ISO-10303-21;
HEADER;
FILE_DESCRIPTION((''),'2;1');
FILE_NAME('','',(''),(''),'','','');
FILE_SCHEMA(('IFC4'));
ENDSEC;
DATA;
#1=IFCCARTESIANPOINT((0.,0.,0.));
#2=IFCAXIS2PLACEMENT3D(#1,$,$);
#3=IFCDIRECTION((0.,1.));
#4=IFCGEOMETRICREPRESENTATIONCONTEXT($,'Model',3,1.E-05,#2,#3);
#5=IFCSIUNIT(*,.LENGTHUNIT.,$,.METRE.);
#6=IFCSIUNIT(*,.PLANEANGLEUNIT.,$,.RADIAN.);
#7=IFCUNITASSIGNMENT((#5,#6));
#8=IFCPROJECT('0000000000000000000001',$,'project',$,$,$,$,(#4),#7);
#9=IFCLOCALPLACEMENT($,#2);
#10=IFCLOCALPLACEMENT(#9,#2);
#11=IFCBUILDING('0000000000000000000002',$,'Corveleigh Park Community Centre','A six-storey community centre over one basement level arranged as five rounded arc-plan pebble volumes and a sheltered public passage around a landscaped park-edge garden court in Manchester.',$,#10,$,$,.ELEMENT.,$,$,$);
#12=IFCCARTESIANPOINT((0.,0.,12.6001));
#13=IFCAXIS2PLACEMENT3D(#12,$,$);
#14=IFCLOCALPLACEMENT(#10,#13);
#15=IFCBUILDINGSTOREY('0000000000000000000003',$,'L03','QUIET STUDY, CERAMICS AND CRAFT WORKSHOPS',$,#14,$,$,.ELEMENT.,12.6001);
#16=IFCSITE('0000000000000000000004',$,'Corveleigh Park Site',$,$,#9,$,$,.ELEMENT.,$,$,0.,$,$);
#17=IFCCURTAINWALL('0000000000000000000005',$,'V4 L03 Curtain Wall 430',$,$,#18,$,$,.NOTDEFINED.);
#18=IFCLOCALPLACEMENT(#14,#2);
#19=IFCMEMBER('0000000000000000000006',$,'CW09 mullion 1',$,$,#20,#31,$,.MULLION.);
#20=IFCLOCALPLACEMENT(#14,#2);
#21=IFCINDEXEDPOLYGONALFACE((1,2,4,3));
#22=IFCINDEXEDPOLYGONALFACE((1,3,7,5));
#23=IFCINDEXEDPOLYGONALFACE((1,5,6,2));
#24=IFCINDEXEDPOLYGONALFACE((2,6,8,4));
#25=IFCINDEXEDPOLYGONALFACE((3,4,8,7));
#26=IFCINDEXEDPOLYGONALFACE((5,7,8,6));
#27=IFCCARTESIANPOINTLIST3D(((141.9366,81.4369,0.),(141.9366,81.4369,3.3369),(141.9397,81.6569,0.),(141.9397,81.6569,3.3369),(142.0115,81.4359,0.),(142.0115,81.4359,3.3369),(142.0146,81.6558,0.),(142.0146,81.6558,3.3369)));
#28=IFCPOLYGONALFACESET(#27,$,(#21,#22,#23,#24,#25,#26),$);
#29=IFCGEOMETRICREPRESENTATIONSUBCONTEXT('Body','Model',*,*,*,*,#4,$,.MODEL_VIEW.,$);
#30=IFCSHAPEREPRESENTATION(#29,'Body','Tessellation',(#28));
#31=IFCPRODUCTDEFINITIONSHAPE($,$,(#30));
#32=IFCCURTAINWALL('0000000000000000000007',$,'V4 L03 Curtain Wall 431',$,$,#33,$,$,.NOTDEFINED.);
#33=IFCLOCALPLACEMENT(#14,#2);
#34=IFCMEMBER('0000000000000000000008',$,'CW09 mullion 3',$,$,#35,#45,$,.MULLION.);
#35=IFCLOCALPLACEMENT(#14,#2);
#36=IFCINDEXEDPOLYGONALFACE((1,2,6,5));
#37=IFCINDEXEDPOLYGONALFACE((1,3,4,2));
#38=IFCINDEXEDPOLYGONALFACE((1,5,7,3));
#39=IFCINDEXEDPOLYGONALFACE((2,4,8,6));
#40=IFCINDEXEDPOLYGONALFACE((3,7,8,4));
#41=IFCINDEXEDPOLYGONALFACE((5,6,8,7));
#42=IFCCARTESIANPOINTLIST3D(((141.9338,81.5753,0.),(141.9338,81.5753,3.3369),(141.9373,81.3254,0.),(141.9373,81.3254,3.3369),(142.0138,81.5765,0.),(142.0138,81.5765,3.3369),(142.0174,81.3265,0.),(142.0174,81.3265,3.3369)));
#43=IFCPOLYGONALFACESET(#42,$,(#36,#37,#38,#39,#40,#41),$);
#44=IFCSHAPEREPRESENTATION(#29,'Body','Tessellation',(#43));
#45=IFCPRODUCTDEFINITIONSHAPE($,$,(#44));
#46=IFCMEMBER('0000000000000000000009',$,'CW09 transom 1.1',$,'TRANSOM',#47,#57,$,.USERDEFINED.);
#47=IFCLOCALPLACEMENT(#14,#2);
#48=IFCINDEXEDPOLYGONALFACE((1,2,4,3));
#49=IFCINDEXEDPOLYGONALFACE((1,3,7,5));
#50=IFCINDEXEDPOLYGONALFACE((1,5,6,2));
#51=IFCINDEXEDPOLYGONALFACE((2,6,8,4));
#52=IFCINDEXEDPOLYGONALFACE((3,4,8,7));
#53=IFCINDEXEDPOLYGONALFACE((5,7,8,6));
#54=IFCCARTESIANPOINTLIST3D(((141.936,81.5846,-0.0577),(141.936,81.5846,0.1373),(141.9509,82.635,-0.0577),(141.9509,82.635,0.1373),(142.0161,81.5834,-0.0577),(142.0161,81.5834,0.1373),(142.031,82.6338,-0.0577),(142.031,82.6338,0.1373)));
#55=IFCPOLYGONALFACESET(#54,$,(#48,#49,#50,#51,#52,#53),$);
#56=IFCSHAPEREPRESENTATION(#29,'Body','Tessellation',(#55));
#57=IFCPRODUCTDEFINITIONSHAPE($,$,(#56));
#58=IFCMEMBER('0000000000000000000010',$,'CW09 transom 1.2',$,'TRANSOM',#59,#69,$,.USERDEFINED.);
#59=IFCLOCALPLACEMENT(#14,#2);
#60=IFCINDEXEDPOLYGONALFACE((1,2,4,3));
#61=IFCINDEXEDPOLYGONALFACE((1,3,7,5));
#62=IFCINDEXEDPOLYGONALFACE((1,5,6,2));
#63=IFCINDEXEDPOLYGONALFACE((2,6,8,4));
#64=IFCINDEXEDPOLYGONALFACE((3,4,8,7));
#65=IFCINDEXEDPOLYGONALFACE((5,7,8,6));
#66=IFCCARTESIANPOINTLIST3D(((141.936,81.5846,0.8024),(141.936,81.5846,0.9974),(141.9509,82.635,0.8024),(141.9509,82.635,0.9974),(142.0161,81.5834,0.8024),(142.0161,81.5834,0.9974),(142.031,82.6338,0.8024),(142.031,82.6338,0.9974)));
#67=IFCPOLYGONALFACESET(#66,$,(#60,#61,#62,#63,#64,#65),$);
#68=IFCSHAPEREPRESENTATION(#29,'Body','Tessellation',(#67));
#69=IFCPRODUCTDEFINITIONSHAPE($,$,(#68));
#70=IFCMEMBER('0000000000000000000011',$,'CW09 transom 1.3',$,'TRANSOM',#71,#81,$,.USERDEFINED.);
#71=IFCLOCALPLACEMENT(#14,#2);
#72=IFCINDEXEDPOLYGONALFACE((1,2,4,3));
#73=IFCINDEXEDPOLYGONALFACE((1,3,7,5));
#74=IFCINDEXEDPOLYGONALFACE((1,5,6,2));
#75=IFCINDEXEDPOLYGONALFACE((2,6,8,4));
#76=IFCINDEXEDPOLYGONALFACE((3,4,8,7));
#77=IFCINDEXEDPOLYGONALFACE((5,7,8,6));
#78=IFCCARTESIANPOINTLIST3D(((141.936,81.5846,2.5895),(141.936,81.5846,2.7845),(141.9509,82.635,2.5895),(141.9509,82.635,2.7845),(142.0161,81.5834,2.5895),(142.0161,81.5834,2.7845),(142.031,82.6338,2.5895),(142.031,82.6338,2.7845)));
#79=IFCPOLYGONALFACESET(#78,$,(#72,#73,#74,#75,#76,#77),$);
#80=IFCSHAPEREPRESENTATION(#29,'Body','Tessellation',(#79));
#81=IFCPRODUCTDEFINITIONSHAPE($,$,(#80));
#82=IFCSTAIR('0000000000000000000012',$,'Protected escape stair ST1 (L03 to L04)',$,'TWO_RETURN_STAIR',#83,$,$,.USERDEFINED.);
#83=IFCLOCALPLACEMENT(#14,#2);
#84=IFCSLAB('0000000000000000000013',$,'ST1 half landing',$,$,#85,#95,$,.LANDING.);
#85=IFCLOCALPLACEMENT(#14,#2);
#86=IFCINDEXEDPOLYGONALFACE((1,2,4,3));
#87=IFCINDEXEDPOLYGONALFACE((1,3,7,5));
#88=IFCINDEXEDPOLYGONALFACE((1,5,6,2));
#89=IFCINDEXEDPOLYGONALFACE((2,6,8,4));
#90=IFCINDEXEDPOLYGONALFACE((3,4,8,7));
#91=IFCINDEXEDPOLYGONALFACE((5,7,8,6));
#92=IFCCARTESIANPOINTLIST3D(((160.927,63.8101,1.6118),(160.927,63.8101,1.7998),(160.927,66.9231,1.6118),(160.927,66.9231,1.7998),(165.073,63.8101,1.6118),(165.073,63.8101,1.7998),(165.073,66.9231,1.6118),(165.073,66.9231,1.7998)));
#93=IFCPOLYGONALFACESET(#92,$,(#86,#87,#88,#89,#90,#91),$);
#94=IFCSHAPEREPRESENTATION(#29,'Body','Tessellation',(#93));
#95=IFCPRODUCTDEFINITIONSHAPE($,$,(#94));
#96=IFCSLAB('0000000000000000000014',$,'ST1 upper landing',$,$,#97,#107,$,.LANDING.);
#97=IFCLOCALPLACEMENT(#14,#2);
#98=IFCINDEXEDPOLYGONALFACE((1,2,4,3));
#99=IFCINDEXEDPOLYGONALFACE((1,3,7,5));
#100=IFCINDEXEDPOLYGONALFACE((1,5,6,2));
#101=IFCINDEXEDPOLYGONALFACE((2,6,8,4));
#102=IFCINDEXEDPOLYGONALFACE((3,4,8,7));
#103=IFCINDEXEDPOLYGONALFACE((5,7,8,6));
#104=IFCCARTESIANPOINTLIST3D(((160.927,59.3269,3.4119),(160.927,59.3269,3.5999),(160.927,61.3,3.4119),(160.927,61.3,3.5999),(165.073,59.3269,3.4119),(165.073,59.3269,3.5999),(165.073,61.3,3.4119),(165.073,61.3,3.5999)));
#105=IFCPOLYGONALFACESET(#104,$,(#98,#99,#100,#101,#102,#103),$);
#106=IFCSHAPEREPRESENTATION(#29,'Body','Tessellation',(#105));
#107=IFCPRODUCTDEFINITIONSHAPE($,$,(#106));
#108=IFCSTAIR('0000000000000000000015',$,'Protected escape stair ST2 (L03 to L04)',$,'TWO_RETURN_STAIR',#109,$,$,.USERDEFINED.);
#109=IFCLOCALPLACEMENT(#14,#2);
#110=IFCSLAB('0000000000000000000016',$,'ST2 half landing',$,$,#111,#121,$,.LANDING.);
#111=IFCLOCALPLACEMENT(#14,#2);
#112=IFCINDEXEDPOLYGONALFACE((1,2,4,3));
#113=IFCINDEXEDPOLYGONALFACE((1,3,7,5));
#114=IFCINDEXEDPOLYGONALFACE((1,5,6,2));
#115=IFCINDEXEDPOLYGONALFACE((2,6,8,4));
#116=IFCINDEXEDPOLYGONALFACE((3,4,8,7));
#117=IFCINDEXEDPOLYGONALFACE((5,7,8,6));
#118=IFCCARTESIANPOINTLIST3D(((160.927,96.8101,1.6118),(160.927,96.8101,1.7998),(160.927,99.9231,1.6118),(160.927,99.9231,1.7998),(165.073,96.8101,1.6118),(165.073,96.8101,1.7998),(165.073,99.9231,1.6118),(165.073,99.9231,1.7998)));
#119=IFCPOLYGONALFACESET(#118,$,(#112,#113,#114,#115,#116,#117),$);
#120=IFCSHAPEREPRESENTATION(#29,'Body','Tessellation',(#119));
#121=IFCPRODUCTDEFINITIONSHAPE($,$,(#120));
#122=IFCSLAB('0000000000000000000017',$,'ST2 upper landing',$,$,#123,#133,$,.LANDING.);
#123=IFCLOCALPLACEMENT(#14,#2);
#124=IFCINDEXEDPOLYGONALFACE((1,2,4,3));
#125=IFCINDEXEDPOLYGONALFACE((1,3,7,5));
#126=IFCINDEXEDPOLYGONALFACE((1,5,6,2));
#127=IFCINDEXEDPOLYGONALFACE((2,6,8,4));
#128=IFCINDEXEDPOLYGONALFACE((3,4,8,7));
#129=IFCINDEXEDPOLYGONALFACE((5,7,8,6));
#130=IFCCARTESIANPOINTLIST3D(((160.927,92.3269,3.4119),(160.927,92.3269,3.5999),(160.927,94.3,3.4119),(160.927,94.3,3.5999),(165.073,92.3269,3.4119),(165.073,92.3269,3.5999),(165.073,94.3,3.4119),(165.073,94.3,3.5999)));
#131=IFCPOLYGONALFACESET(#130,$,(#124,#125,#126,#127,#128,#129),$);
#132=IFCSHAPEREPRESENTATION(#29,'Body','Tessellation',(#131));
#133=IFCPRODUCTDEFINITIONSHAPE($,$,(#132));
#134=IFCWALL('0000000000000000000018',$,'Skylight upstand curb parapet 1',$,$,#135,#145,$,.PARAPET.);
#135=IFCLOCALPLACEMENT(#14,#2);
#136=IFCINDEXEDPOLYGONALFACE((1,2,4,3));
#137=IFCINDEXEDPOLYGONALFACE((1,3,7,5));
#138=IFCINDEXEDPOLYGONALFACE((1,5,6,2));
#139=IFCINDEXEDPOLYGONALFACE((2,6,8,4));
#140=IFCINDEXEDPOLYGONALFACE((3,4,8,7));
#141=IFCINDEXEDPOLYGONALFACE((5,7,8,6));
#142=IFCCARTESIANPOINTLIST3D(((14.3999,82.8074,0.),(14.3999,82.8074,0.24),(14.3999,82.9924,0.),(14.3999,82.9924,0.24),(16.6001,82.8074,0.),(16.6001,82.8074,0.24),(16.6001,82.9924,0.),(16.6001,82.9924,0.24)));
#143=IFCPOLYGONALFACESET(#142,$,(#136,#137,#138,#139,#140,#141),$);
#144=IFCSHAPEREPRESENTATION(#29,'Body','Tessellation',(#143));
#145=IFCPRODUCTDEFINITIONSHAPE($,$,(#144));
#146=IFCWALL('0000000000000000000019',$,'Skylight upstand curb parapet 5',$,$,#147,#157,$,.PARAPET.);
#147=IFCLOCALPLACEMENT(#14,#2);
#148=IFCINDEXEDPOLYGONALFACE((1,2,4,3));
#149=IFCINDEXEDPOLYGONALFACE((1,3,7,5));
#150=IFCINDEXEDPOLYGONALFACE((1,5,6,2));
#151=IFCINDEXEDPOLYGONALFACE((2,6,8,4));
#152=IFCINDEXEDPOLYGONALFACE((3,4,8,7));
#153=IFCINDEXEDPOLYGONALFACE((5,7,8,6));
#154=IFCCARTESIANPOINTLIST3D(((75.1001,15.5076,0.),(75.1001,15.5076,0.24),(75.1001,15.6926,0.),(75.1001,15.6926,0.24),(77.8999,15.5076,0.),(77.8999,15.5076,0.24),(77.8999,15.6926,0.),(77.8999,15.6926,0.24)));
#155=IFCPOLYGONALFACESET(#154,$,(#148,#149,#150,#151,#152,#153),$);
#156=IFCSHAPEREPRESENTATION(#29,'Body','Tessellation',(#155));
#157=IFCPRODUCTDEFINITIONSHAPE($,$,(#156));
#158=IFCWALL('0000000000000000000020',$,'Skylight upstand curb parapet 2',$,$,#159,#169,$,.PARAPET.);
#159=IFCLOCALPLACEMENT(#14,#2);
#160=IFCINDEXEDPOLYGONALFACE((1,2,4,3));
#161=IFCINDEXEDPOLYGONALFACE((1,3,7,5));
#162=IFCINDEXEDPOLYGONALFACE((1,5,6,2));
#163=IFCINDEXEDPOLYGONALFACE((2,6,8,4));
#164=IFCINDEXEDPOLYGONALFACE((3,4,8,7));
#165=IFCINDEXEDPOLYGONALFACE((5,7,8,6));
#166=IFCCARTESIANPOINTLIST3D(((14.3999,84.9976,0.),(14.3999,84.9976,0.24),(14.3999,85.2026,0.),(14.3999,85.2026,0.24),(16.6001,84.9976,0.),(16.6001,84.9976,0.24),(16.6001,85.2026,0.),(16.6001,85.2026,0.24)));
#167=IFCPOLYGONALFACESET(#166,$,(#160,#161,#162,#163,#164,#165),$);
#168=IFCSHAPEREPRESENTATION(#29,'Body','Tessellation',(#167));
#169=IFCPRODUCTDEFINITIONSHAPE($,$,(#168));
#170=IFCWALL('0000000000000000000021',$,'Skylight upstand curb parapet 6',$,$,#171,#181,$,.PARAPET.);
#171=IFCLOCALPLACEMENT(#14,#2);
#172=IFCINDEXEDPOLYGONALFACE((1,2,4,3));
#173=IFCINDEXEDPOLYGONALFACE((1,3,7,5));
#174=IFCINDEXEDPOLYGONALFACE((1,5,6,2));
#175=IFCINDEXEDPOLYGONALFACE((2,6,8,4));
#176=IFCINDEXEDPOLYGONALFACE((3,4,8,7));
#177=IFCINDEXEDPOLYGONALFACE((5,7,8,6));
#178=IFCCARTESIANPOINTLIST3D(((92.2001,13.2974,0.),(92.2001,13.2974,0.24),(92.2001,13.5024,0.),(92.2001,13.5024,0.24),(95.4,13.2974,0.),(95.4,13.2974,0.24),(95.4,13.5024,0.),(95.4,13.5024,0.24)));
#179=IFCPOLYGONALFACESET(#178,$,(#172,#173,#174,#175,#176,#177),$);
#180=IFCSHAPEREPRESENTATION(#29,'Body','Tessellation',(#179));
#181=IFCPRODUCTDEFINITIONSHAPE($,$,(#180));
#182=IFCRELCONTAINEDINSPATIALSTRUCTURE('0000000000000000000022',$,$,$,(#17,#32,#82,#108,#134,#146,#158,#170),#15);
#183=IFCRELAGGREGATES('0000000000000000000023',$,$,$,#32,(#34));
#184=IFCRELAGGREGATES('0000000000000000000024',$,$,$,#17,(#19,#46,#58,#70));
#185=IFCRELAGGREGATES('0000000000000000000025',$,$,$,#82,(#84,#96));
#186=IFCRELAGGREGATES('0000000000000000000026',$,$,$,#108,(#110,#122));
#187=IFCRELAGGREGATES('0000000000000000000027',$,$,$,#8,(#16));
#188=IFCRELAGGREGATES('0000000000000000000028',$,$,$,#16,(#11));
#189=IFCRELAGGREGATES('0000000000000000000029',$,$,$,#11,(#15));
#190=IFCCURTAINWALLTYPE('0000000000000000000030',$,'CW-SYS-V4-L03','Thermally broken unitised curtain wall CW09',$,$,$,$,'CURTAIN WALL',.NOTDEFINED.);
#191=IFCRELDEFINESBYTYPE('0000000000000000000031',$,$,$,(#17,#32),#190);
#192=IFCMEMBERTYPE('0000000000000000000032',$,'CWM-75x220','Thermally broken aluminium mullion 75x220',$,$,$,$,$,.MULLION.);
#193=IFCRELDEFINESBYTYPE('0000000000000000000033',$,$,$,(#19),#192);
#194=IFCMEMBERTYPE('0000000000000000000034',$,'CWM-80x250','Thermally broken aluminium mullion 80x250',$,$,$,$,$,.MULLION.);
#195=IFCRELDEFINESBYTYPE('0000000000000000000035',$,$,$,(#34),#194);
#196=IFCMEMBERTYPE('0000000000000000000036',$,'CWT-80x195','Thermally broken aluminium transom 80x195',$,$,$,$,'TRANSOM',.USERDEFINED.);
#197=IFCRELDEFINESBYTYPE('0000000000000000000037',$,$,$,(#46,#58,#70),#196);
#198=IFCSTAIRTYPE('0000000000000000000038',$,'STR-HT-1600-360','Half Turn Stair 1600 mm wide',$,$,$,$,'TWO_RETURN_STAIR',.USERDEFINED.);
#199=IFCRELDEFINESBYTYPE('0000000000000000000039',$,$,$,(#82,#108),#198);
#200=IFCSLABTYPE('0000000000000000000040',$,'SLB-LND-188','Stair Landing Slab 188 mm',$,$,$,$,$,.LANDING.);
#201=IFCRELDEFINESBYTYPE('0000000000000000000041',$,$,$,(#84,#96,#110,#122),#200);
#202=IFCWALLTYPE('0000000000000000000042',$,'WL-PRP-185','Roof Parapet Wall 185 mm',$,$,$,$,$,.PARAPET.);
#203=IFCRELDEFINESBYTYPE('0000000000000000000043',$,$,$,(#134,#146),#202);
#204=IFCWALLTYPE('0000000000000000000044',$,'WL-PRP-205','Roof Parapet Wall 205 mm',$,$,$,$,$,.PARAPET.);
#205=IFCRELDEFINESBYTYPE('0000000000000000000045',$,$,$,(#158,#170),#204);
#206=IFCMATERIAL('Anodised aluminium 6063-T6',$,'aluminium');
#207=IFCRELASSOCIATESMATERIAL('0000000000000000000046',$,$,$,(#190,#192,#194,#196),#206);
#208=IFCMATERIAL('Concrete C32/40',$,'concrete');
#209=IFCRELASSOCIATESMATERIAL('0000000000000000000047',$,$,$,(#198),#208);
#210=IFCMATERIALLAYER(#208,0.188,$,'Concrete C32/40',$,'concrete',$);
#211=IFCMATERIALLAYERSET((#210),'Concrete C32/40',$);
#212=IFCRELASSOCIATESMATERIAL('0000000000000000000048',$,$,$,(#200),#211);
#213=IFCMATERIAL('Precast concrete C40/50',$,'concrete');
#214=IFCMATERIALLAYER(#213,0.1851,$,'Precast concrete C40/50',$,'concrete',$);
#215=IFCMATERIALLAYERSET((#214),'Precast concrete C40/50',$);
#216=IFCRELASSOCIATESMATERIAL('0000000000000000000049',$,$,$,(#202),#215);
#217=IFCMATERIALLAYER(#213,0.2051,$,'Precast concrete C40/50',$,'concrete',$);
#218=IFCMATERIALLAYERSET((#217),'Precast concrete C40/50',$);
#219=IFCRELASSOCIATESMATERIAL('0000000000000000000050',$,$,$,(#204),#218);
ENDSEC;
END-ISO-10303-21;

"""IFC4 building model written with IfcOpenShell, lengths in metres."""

from ifc_helpers import new_model, si_unit, direction, frame, frame_2d, origin, origin_2d, place, context, subcontext, project, spatial, polyline, rectangle, outline, extrude, material, layer, layer_set, material_profile, profile_set, type_object, element, aggregate, save


model = new_model("IFC4")

# Units and contexts
model_context = context("Model", 3, precision=1e-05, world=origin(), true_north=direction((0.0, 1.0)))
body_context = subcontext(model_context, "Body", "Model", "MODEL_VIEW")
ifc_project = project(units=[si_unit("LENGTHUNIT", "METRE"), si_unit("PLANEANGLEUNIT", "RADIAN")], contexts=[model_context])

# Site, building, storey
site_placement = place(None, origin())
site = spatial("IfcSite", under=ifc_project, at=site_placement, Name="Corveleigh Park Site", CompositionType="ELEMENT", RefElevation=0.0)
building_placement = place(site_placement, origin())
building = spatial("IfcBuilding", under=site, at=building_placement, Name="Corveleigh Park Community Centre", Description="A six-storey community centre over one basement level arranged as five rounded arc-plan pebble volumes and a sheltered public passage around a landscaped park-edge garden court in Manchester.", CompositionType="ELEMENT")
storey_placement = place(building_placement, frame((0.0, 0.0, 12.6001)))
storey = spatial("IfcBuildingStorey", under=building, at=storey_placement, Name="L03", Description="QUIET STUDY, CERAMICS AND CRAFT WORKSHOPS", CompositionType="ELEMENT", Elevation=12.6001)

# Curtain walls, members
ifc_material_1 = material(Name="Anodised aluminium 6063-T6", Category="aluminium")
curtain_wall_type = type_object("IfcCurtainWallType", Name="CW-SYS-V4-L03", Description="Thermally broken unitised curtain wall CW09", ElementType="CURTAIN WALL", PredefinedType="NOTDEFINED", material=ifc_material_1)
curtain_wall_1_placement = place(storey_placement, origin())
curtain_wall_1 = element("IfcCurtainWall", 1, at=curtain_wall_1_placement, inside=storey, type_object=curtain_wall_type, Name="V4 L03 Curtain Wall 430", PredefinedType="NOTDEFINED")
ifc_material_profile_1 = material_profile(ifc_material_1, rectangle(XDim=0.075, YDim=0.22, at=origin_2d()), Name="ALU-M75x220", Category="aluminium")
ifc_profile_set_1 = profile_set([ifc_material_profile_1], Name="Anodised aluminium 6063-T6")
member_type_1 = type_object("IfcMemberType", Name="CWM-75x220", Description="Thermally broken aluminium mullion 75x220", PredefinedType="MULLION", material=ifc_profile_set_1)
member_1_placement = place(storey_placement, frame((141.9756, 81.5464, 0.0), z_axis=(0.0, 0.0, 1.0), x_axis=(-0.999899, 0.014186, 0.0)))
member_1 = element("IfcMember", 2, at=member_1_placement, type_object=member_type_1, Name="CW09 mullion 1", PredefinedType="MULLION", context=body_context, shape_type="SweptSolid", body=[
    extrude(rectangle(XDim=0.075, YDim=0.22, at=origin_2d()), origin(), (0.0, 0.0, 1.0), 3.3369),
])
curtain_wall_2_placement = place(storey_placement, origin())
curtain_wall_2 = element("IfcCurtainWall", 3, at=curtain_wall_2_placement, inside=storey, type_object=curtain_wall_type, Name="V4 L03 Curtain Wall 431", PredefinedType="NOTDEFINED")
ifc_material_profile_2 = material_profile(ifc_material_1, rectangle(XDim=0.0801, YDim=0.25, at=origin_2d()), Name="ALU-M80x250", Category="aluminium")
ifc_profile_set_2 = profile_set([ifc_material_profile_2], Name="Anodised aluminium 6063-T6")
member_type_2 = type_object("IfcMemberType", Name="CWM-80x250", Description="Thermally broken aluminium mullion 80x250", PredefinedType="MULLION", material=ifc_profile_set_2)
member_2_placement = place(storey_placement, frame((141.9756, 81.4509, 0.0), z_axis=(0.0, 0.0, 1.0), x_axis=(-0.999899, -0.014186, 0.0)))
member_2 = element("IfcMember", 4, at=member_2_placement, type_object=member_type_2, Name="CW09 mullion 3", PredefinedType="MULLION", context=body_context, shape_type="SweptSolid", body=[
    extrude(rectangle(XDim=0.0801, YDim=0.25, at=origin_2d()), origin(), (0.0, 0.0, 1.0), 3.3369),
])
aggregate(curtain_wall_2, [member_2])

# Members
ifc_material_profile_3 = material_profile(ifc_material_1, rectangle(XDim=0.0801, YDim=0.1951, at=origin_2d()), Name="ALU-T80x195", Category="aluminium")
ifc_profile_set_3 = profile_set([ifc_material_profile_3], Name="Anodised aluminium 6063-T6")
member_type_3 = type_object("IfcMemberType", Name="CWT-80x195", Description="Thermally broken aluminium transom 80x195", ElementType="TRANSOM", PredefinedType="USERDEFINED", material=ifc_profile_set_3)
member_3_placement = place(storey_placement, frame((141.9761, 81.584, 0.0398), z_axis=(0.014175, 0.9999, 0.0), x_axis=(-0.9999, 0.014175, 0.0)))
member_3 = element("IfcMember", 5, at=member_3_placement, type_object=member_type_3, Name="CW09 transom 1.1", ObjectType="TRANSOM", PredefinedType="USERDEFINED", context=body_context, shape_type="SweptSolid", body=[
    extrude(rectangle(XDim=0.0801, YDim=0.1951, at=origin_2d()), origin(), (0.0, 0.0, 1.0), 1.0505),
])
member_4_placement = place(storey_placement, frame((141.9761, 81.584, 0.8999), z_axis=(0.014175, 0.9999, 0.0), x_axis=(-0.9999, 0.014175, 0.0)))
member_4 = element("IfcMember", 6, at=member_4_placement, type_object=member_type_3, Name="CW09 transom 1.2", ObjectType="TRANSOM", PredefinedType="USERDEFINED", context=body_context, shape_type="SweptSolid", body=[
    extrude(rectangle(XDim=0.0801, YDim=0.1951, at=origin_2d()), origin(), (0.0, 0.0, 1.0), 1.0505),
])
member_5_placement = place(storey_placement, frame((141.9761, 81.584, 2.687), z_axis=(0.014175, 0.9999, 0.0), x_axis=(-0.9999, 0.014175, 0.0)))
member_5 = element("IfcMember", 7, at=member_5_placement, type_object=member_type_3, Name="CW09 transom 1.3", ObjectType="TRANSOM", PredefinedType="USERDEFINED", context=body_context, shape_type="SweptSolid", body=[
    extrude(rectangle(XDim=0.0801, YDim=0.1951, at=origin_2d()), origin(), (0.0, 0.0, 1.0), 1.0505),
])
aggregate(curtain_wall_1, [member_1, member_3, member_4, member_5])

# Stairs, slabs
ifc_material_2 = material(Name="Concrete C32/40", Category="concrete")
stair_type = type_object("IfcStairType", Name="STR-HT-1600-360", Description="Half Turn Stair 1600 mm wide", ElementType="TWO_RETURN_STAIR", PredefinedType="USERDEFINED", material=ifc_material_2)
stair_1_placement = place(storey_placement, origin())
stair_1 = element("IfcStair", 8, at=stair_1_placement, inside=storey, type_object=stair_type, Name="Protected escape stair ST1 (L03 to L04)", ObjectType="TWO_RETURN_STAIR", PredefinedType="USERDEFINED")
ifc_layer_1 = layer(ifc_material_2, 0.188, Name="Concrete C32/40", Category="concrete")
ifc_layer_set_1 = layer_set([ifc_layer_1], Name="Concrete C32/40")
slab_type = type_object("IfcSlabType", Name="SLB-LND-188", Description="Stair Landing Slab 188 mm", PredefinedType="LANDING", material=ifc_layer_set_1)
slab_1_placement = place(storey_placement, frame((0.0, 0.0, 1.6118)))
slab_1 = element("IfcSlab", 9, at=slab_1_placement, type_object=slab_type, Name="ST1 half landing", PredefinedType="LANDING", context=body_context, shape_type="SweptSolid", body=[
    extrude(outline(polyline([(160.927, 63.8101), (165.073, 63.8101), (165.073, 66.9231), (160.927, 66.9231), (160.927, 63.8101)])), origin(), (0.0, 0.0, 1.0), 0.188),
])
slab_2_placement = place(storey_placement, frame((0.0, 0.0, 3.4119)))
slab_2 = element("IfcSlab", 10, at=slab_2_placement, type_object=slab_type, Name="ST1 upper landing", PredefinedType="LANDING", context=body_context, shape_type="SweptSolid", body=[
    extrude(outline(polyline([(160.927, 59.3269), (165.073, 59.3269), (165.073, 61.3), (160.927, 61.3), (160.927, 59.3269)])), origin(), (0.0, 0.0, 1.0), 0.188),
])
aggregate(stair_1, [slab_1, slab_2])
stair_2_placement = place(storey_placement, origin())
stair_2 = element("IfcStair", 11, at=stair_2_placement, inside=storey, type_object=stair_type, Name="Protected escape stair ST2 (L03 to L04)", ObjectType="TWO_RETURN_STAIR", PredefinedType="USERDEFINED")
slab_3_placement = place(storey_placement, frame((0.0, 0.0, 1.6118)))
slab_3 = element("IfcSlab", 12, at=slab_3_placement, type_object=slab_type, Name="ST2 half landing", PredefinedType="LANDING", context=body_context, shape_type="SweptSolid", body=[
    extrude(outline(polyline([(160.927, 96.8101), (165.073, 96.8101), (165.073, 99.9231), (160.927, 99.9231), (160.927, 96.8101)])), origin(), (0.0, 0.0, 1.0), 0.188),
])
slab_4_placement = place(storey_placement, frame((0.0, 0.0, 3.4119)))
slab_4 = element("IfcSlab", 13, at=slab_4_placement, type_object=slab_type, Name="ST2 upper landing", PredefinedType="LANDING", context=body_context, shape_type="SweptSolid", body=[
    extrude(outline(polyline([(160.927, 92.3269), (165.073, 92.3269), (165.073, 94.3), (160.927, 94.3), (160.927, 92.3269)])), origin(), (0.0, 0.0, 1.0), 0.188),
])
aggregate(stair_2, [slab_3, slab_4])

# Walls
ifc_material_3 = material(Name="Precast concrete C40/50", Category="concrete")
ifc_layer_2 = layer(ifc_material_3, 0.1851, Name="Precast concrete C40/50", Category="concrete")
ifc_layer_set_2 = layer_set([ifc_layer_2], Name="Precast concrete C40/50")
wall_type_1 = type_object("IfcWallType", Name="WL-PRP-185", Description="Roof Parapet Wall 185 mm", PredefinedType="PARAPET", material=ifc_layer_set_2)
wall_1_placement = place(storey_placement, frame((14.3999, 82.8999, 0.0), z_axis=(0.0, 0.0, 1.0), x_axis=(1.0, 0.0, 0.0)))
element("IfcWall", 14, at=wall_1_placement, inside=storey, type_object=wall_type_1, Name="Skylight upstand curb parapet 1", PredefinedType="PARAPET", context=body_context, shape_type="SweptSolid", body=[
    extrude(rectangle(XDim=2.2002, YDim=0.1851, at=frame_2d((1.1001, 0.0))), origin(), (0.0, 0.0, 1.0), 0.24),
])
wall_2_placement = place(storey_placement, frame((77.8999, 15.6001, 0.0), z_axis=(0.0, 0.0, 1.0), x_axis=(-1.0, 0.0, 0.0)))
element("IfcWall", 15, at=wall_2_placement, inside=storey, type_object=wall_type_1, Name="Skylight upstand curb parapet 5", PredefinedType="PARAPET", context=body_context, shape_type="SweptSolid", body=[
    extrude(rectangle(XDim=2.7998, YDim=0.1851, at=frame_2d((1.3999, 0.0))), origin(), (0.0, 0.0, 1.0), 0.24),
])
ifc_layer_3 = layer(ifc_material_3, 0.2051, Name="Precast concrete C40/50", Category="concrete")
ifc_layer_set_3 = layer_set([ifc_layer_3], Name="Precast concrete C40/50")
wall_type_2 = type_object("IfcWallType", Name="WL-PRP-205", Description="Roof Parapet Wall 205 mm", PredefinedType="PARAPET", material=ifc_layer_set_3)
wall_3_placement = place(storey_placement, frame((16.6001, 85.1001, 0.0), z_axis=(0.0, 0.0, 1.0), x_axis=(-1.0, 0.0, 0.0)))
element("IfcWall", 16, at=wall_3_placement, inside=storey, type_object=wall_type_2, Name="Skylight upstand curb parapet 2", PredefinedType="PARAPET", context=body_context, shape_type="SweptSolid", body=[
    extrude(rectangle(XDim=2.2002, YDim=0.2051, at=frame_2d((1.1001, 0.0))), origin(), (0.0, 0.0, 1.0), 0.24),
])
wall_4_placement = place(storey_placement, frame((92.2, 13.3999, 0.0), z_axis=(0.0, 0.0, 1.0), x_axis=(1.0, 0.0, 0.0)))
element("IfcWall", 17, at=wall_4_placement, inside=storey, type_object=wall_type_2, Name="Skylight upstand curb parapet 6", PredefinedType="PARAPET", context=body_context, shape_type="SweptSolid", body=[
    extrude(rectangle(XDim=3.2, YDim=0.2051, at=frame_2d((1.6001, 0.0))), origin(), (0.0, 0.0, 1.0), 0.24),
])

save(model, "model.ifc")
